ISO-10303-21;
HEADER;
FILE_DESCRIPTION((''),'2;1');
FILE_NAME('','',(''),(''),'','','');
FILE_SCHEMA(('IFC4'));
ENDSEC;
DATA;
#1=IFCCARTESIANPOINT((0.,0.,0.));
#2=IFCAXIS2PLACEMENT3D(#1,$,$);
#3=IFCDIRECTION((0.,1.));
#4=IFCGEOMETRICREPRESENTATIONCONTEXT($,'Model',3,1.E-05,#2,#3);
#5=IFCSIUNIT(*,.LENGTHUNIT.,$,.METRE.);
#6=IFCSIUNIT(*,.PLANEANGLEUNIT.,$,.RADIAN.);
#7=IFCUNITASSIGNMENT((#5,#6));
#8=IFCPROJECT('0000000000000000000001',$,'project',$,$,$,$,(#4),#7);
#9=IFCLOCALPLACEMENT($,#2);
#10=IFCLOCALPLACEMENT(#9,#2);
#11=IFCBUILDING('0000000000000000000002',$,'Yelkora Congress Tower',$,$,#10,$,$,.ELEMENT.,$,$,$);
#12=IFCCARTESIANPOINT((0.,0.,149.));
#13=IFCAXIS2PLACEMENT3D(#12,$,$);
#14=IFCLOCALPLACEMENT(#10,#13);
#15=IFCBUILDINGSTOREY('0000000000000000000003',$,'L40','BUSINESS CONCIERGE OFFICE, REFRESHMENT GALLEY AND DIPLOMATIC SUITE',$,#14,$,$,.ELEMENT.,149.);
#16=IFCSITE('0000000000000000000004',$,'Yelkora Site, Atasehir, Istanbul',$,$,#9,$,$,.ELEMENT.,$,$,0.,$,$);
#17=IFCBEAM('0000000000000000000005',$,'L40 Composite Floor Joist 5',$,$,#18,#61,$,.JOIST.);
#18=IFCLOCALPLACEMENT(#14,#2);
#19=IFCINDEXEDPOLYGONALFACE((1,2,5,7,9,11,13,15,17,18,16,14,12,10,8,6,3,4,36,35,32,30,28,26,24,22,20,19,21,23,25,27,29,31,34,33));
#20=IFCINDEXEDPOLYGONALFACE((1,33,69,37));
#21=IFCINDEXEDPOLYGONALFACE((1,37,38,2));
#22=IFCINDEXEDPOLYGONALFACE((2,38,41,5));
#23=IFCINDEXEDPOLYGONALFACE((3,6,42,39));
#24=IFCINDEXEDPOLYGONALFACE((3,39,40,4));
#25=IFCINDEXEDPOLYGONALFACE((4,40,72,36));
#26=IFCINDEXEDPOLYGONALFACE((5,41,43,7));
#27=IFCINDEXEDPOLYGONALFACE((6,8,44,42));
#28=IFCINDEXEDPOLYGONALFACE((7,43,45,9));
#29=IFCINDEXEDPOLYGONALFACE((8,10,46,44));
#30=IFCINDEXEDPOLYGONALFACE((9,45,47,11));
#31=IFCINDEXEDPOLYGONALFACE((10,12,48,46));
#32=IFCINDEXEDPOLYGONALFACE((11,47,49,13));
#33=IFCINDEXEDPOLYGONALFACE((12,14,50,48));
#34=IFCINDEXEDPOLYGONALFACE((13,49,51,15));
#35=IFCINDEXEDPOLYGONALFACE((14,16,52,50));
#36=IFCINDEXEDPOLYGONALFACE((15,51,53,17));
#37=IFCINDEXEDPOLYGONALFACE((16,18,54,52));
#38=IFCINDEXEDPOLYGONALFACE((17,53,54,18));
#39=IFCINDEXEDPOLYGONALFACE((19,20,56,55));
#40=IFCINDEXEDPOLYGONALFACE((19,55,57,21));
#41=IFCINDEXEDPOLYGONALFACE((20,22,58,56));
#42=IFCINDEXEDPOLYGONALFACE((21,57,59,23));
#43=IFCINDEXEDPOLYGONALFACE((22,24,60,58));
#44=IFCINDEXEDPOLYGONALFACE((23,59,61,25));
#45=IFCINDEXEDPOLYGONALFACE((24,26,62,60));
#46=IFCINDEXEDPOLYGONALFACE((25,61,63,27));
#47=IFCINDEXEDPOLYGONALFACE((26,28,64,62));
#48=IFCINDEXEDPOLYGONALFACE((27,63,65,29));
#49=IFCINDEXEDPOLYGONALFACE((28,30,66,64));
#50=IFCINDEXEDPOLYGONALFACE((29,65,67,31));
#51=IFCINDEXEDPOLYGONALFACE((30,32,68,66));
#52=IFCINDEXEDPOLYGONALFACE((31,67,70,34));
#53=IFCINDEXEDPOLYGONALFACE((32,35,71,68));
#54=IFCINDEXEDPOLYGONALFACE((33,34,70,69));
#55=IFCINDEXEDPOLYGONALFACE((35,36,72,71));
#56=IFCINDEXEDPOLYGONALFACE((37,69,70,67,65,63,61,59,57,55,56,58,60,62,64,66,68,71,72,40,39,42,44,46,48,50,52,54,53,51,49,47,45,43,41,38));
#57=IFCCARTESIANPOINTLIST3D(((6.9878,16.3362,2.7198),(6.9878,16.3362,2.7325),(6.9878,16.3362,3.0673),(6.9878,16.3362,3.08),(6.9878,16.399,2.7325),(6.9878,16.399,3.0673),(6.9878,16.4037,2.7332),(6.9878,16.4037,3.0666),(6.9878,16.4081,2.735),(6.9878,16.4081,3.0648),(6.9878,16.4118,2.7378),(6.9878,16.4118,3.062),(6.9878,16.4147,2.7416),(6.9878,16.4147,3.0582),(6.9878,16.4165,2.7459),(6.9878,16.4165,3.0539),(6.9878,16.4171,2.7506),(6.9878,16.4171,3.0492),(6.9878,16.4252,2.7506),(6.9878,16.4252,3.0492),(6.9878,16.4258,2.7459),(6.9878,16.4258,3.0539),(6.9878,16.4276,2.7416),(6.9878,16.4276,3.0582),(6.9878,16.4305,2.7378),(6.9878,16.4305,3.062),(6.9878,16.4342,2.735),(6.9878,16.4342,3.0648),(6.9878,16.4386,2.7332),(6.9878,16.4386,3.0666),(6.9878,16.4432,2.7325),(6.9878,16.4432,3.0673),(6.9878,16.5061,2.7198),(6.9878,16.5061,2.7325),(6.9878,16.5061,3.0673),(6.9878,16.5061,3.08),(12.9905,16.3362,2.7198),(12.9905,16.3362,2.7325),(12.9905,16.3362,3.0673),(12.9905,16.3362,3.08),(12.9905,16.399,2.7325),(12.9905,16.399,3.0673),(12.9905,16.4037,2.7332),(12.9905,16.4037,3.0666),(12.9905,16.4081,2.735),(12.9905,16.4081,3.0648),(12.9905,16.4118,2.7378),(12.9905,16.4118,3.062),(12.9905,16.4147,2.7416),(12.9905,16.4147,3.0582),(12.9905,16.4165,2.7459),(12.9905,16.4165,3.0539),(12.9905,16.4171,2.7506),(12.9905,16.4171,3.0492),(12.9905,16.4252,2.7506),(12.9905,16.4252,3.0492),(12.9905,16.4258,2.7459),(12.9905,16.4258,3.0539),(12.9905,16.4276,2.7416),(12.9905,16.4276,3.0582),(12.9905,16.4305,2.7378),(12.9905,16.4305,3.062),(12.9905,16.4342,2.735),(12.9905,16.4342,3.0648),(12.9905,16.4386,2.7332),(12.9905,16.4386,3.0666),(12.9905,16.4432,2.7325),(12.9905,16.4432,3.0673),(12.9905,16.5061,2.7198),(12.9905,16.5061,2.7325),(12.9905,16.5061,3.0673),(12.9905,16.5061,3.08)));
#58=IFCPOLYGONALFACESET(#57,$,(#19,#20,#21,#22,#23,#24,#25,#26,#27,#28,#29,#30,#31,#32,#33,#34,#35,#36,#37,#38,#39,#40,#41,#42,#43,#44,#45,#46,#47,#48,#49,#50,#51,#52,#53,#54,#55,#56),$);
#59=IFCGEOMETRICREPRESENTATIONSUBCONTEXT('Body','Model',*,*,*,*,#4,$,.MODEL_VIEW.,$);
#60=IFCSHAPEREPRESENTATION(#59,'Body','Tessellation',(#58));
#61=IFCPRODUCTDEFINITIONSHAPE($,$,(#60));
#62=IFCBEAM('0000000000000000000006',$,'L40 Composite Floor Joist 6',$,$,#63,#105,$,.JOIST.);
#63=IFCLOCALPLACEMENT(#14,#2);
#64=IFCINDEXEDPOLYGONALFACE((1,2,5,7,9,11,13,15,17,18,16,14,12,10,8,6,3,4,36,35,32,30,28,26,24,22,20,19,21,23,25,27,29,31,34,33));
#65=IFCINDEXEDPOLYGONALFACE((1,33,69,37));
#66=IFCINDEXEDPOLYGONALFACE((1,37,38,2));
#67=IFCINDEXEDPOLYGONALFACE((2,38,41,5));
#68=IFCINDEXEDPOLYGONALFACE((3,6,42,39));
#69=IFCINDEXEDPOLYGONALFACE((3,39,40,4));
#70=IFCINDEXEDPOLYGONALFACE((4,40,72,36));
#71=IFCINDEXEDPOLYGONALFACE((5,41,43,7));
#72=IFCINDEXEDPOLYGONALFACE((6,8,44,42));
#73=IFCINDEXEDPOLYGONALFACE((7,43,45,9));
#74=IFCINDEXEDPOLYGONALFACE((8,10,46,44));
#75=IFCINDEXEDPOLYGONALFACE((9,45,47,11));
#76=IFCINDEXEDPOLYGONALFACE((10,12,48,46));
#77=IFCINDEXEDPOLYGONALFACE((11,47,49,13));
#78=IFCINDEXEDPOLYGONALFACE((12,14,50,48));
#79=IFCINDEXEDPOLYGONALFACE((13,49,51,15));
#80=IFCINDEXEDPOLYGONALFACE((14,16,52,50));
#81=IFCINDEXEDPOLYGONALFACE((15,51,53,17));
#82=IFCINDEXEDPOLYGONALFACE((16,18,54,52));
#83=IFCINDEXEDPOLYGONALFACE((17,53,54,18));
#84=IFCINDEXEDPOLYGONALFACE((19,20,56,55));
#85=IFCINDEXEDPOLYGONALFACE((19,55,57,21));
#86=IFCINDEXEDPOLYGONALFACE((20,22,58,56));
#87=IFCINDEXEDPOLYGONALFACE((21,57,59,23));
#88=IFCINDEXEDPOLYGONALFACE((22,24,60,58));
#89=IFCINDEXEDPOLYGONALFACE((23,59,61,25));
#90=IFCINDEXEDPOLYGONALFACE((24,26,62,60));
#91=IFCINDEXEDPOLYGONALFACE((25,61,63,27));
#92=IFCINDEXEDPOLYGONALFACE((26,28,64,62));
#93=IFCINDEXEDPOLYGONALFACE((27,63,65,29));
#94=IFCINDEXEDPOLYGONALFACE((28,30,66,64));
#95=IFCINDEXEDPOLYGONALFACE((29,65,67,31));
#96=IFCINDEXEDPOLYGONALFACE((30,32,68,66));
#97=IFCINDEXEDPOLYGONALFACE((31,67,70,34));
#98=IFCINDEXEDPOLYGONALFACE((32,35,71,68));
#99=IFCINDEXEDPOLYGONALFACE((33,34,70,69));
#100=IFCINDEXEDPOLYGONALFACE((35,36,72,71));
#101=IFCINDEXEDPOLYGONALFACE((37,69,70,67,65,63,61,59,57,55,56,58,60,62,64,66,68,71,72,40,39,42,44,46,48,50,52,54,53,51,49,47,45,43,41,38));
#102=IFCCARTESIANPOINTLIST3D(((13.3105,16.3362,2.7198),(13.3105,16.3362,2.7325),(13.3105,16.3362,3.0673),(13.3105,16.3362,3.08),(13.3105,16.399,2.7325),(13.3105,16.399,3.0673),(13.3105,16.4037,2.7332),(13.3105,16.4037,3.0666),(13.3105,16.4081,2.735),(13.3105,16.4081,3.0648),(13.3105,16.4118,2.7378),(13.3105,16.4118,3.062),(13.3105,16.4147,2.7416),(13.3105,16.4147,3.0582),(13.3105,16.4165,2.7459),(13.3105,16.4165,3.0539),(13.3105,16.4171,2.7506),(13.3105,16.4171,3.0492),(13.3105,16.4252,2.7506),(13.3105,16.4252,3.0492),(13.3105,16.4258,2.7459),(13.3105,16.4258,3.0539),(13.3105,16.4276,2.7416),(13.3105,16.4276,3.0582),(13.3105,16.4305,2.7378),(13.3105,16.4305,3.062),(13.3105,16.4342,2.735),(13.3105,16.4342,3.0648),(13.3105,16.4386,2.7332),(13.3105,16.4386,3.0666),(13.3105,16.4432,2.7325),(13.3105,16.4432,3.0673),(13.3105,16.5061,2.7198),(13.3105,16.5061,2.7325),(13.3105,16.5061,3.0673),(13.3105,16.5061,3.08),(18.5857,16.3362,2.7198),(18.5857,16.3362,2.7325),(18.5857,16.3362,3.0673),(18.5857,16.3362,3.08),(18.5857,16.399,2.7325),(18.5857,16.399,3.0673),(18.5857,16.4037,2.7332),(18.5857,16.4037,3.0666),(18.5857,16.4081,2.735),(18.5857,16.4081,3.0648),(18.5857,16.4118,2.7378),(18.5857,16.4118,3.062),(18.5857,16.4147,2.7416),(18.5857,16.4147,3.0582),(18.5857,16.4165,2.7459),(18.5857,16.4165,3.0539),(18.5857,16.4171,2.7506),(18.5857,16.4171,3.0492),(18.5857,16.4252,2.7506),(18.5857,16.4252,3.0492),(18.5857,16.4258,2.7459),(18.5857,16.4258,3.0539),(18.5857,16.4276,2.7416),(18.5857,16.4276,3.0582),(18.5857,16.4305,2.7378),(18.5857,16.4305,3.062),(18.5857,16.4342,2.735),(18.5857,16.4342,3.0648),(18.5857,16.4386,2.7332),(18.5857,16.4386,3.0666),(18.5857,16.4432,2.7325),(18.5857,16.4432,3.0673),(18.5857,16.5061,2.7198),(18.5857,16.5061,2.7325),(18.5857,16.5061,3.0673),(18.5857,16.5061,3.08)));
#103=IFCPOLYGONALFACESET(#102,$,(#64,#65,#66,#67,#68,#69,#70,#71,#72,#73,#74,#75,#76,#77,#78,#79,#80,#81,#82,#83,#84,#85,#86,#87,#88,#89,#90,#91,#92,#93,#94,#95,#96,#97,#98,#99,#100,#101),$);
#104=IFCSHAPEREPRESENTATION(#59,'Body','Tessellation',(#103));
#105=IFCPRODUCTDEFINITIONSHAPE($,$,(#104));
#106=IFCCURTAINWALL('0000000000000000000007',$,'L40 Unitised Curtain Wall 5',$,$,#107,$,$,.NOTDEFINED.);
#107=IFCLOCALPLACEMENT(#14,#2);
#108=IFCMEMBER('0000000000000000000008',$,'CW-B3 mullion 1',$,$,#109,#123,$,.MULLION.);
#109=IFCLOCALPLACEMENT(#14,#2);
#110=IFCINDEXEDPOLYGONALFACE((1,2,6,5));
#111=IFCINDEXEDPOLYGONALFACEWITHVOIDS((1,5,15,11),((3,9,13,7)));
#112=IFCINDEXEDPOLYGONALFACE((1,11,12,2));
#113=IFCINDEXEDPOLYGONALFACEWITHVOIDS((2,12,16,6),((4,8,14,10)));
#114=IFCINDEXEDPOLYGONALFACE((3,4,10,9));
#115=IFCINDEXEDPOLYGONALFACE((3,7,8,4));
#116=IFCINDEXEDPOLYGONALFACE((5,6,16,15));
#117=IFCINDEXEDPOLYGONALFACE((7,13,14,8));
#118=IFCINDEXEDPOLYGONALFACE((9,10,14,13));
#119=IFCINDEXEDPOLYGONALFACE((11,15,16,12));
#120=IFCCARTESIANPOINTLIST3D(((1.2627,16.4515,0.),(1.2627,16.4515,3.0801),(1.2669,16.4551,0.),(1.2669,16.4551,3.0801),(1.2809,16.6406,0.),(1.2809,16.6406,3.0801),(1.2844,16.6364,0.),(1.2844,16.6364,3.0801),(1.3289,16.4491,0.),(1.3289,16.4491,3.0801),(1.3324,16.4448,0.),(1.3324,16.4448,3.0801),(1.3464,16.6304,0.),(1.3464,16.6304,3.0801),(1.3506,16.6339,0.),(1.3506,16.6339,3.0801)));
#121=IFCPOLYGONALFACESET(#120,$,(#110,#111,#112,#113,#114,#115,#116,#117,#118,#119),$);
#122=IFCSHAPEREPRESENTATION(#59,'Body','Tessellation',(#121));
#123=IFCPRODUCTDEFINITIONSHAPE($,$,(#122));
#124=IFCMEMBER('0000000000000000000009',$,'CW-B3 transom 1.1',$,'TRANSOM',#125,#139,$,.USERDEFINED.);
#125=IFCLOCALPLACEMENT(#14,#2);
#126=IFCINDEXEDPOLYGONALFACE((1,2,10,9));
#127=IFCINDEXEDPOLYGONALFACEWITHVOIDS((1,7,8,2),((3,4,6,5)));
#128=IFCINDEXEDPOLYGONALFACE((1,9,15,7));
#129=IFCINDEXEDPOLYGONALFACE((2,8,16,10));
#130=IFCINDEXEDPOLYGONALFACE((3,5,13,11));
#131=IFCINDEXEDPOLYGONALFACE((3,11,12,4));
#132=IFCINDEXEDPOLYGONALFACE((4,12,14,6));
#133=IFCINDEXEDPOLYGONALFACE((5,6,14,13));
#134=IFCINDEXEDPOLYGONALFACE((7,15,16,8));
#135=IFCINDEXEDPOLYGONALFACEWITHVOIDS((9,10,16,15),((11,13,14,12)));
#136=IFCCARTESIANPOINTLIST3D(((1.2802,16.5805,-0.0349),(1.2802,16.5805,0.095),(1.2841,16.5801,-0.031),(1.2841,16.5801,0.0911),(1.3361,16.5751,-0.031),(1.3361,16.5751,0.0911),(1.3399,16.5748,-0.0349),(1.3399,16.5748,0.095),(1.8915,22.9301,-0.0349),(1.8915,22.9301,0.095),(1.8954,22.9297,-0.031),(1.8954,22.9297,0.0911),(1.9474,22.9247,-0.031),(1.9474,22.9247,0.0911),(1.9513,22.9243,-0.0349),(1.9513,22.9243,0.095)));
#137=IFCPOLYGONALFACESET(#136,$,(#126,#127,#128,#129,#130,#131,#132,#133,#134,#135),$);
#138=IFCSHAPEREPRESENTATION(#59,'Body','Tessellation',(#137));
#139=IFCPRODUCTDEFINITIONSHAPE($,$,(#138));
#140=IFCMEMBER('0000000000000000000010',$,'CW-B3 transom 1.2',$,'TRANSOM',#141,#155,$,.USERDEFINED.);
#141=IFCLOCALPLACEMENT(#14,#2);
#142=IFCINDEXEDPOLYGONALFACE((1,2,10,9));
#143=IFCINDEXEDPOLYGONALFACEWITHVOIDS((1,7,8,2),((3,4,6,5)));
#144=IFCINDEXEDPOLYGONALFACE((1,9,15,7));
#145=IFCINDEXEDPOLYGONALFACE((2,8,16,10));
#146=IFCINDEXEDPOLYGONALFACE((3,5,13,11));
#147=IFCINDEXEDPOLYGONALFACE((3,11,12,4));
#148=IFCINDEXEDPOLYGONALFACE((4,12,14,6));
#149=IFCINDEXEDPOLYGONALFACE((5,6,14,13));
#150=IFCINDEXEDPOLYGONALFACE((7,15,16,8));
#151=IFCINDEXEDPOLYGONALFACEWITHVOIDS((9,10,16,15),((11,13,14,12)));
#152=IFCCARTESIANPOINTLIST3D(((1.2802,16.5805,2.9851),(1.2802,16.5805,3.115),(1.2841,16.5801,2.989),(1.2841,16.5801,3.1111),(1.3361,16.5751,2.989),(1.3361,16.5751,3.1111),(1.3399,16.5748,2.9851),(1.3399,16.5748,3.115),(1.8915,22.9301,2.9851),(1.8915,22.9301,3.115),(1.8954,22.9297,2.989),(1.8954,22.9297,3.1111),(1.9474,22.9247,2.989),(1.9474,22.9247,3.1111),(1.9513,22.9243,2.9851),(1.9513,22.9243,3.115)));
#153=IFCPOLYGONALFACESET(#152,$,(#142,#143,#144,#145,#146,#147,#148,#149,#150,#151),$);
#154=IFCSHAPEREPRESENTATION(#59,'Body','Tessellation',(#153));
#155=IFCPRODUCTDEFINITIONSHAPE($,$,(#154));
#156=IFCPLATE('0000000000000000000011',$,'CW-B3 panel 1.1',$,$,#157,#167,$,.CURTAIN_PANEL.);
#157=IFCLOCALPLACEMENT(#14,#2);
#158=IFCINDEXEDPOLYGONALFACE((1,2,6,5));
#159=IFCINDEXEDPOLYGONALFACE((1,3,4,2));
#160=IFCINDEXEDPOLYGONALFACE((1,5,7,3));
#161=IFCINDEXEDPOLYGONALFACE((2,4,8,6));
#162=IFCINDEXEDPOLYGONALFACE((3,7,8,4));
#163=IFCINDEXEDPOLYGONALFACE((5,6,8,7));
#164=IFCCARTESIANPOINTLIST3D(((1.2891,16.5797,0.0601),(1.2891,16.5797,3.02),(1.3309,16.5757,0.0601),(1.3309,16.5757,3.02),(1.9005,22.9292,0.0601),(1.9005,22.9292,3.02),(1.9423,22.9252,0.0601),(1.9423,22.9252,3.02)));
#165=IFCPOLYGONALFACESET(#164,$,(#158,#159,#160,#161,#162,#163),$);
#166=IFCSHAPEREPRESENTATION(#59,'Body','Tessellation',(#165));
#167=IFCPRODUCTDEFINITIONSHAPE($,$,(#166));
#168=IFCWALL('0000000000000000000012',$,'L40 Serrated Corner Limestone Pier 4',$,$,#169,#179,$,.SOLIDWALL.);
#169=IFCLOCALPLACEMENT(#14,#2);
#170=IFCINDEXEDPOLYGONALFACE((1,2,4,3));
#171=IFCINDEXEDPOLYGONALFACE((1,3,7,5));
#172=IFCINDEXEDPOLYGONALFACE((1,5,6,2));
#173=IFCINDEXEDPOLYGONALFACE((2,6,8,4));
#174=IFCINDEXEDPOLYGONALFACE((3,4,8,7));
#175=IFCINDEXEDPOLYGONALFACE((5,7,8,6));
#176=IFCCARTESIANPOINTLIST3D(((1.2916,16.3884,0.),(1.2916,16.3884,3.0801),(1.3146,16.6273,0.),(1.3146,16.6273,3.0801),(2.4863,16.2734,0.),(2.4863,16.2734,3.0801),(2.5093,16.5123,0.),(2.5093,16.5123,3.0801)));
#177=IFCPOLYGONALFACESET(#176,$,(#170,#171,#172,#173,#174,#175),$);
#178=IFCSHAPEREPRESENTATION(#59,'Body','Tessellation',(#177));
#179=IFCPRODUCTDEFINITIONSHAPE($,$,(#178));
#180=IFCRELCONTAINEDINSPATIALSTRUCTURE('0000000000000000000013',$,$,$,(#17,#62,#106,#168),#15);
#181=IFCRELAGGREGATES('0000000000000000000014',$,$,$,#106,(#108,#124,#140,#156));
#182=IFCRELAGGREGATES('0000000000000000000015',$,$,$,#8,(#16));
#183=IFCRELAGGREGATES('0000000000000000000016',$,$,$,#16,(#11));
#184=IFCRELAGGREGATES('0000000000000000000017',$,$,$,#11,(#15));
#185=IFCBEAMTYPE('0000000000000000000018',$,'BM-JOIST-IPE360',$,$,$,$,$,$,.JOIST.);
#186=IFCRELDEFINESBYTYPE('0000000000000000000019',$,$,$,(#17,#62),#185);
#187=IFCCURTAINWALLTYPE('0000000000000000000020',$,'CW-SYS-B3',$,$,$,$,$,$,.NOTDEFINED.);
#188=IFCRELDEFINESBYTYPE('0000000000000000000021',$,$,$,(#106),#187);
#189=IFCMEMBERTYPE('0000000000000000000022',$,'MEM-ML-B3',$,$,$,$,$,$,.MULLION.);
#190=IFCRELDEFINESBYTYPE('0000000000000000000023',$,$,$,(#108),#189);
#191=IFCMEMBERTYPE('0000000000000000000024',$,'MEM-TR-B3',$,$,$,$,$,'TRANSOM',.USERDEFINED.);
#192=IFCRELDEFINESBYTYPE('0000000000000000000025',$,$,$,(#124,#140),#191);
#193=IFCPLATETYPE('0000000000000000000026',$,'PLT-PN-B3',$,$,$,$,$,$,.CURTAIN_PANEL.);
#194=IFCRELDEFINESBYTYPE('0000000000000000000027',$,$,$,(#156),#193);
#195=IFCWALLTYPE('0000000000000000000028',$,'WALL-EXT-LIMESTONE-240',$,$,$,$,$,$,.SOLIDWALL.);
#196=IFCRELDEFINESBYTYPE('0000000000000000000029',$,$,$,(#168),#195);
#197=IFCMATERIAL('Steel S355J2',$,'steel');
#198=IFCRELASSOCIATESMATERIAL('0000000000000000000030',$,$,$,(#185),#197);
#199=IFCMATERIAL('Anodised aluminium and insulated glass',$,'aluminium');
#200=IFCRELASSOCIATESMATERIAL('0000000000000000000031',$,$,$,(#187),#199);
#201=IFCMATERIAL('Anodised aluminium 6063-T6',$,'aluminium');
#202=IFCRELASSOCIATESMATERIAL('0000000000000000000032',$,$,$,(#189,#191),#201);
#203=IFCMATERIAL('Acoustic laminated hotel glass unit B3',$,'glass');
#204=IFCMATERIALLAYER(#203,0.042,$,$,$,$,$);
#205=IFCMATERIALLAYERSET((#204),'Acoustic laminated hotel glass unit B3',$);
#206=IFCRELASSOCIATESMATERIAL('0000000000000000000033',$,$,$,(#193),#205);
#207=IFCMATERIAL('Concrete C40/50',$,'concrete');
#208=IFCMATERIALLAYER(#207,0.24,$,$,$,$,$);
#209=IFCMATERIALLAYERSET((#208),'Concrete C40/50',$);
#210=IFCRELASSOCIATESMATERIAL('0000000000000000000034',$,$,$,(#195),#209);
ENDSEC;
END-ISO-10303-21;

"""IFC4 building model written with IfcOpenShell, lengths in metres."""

from ifc_helpers import new_model, si_unit, direction, frame, frame_2d, origin, origin_2d, place, context, subcontext, project, spatial, rectangle, hollow_rectangle, i_section, extrude, material, layer, layer_set, material_profile, profile_set, type_object, element, aggregate, save


model = new_model("IFC4")

# Units and contexts
model_context = context("Model", 3, precision=1e-05, world=origin(), true_north=direction((0.0, 1.0)))
body_context = subcontext(model_context, "Body", "Model", "MODEL_VIEW")
ifc_project = project(units=[si_unit("LENGTHUNIT", "METRE"), si_unit("PLANEANGLEUNIT", "RADIAN")], contexts=[model_context])

# Site, building, storey
site_placement = place(None, origin())
site = spatial("IfcSite", under=ifc_project, at=site_placement, Name="Yelkora Site, Atasehir, Istanbul", CompositionType="ELEMENT", RefElevation=0.0)
building_placement = place(site_placement, origin())
building = spatial("IfcBuilding", under=site, at=building_placement, Name="Yelkora Congress Tower", CompositionType="ELEMENT")
storey_placement = place(building_placement, frame((0.0, 0.0, 149.0)))
storey = spatial("IfcBuildingStorey", under=building, at=storey_placement, Name="L40", Description="BUSINESS CONCIERGE OFFICE, REFRESHMENT GALLEY AND DIPLOMATIC SUITE", CompositionType="ELEMENT", Elevation=149.0)

# Beams
ifc_material_1 = material(Name="Steel S355J2", Category="steel")
ifc_material_profile_1 = material_profile(ifc_material_1, i_section(OverallWidth=0.1699, OverallDepth=0.3601, WebThickness=0.0081, FlangeThickness=0.0127, FilletRadius=0.0181, at=origin_2d()), Name="IPE 360")
ifc_profile_set_1 = profile_set([ifc_material_profile_1], Name="Steel S355J2")
beam_type = type_object("IfcBeamType", Name="BM-JOIST-IPE360", PredefinedType="JOIST", material=ifc_profile_set_1)
beam_1_placement = place(storey_placement, frame((6.9878, 16.4211, 2.8999), z_axis=(1.0, 0.0, 0.0), x_axis=(0.0, 1.0, 0.0)))
element("IfcBeam", 1, at=beam_1_placement, inside=storey, type_object=beam_type, Name="L40 Composite Floor Joist 5", PredefinedType="JOIST", context=body_context, shape_type="SweptSolid", body=[
    extrude(i_section(OverallWidth=0.1699, OverallDepth=0.3601, WebThickness=0.0081, FlangeThickness=0.0127, FilletRadius=0.0181, at=origin_2d()), origin(), (0.0, 0.0, 1.0), 6.0027),
])
beam_2_placement = place(storey_placement, frame((13.3105, 16.4211, 2.8999), z_axis=(1.0, 0.0, 0.0), x_axis=(0.0, 1.0, 0.0)))
element("IfcBeam", 2, at=beam_2_placement, inside=storey, type_object=beam_type, Name="L40 Composite Floor Joist 6", PredefinedType="JOIST", context=body_context, shape_type="SweptSolid", body=[
    extrude(i_section(OverallWidth=0.1699, OverallDepth=0.3601, WebThickness=0.0081, FlangeThickness=0.0127, FilletRadius=0.0181, at=origin_2d()), origin(), (0.0, 0.0, 1.0), 5.2751),
])

# Curtain wall, members, plate
ifc_material_2 = material(Name="Anodised aluminium and insulated glass", Category="aluminium")
curtain_wall_type = type_object("IfcCurtainWallType", Name="CW-SYS-B3", PredefinedType="NOTDEFINED", material=ifc_material_2)
curtain_wall_placement = place(storey_placement, origin())
curtain_wall = element("IfcCurtainWall", 3, at=curtain_wall_placement, inside=storey, type_object=curtain_wall_type, Name="L40 Unitised Curtain Wall 5", PredefinedType="NOTDEFINED")
ifc_material_3 = material(Name="Anodised aluminium 6063-T6", Category="aluminium")
ifc_material_profile_2 = material_profile(ifc_material_3, hollow_rectangle(XDim=0.0701, YDim=0.1899, WallThickness=0.0039, at=origin_2d()), Name="ALU 70x190x4")
ifc_profile_set_2 = profile_set([ifc_material_profile_2], Name="Anodised aluminium 6063-T6")
member_type_1 = type_object("IfcMemberType", Name="MEM-ML-B3", PredefinedType="MULLION", material=ifc_profile_set_2)
member_1_placement = place(storey_placement, frame((1.3066, 16.5427, 0.0), z_axis=(0.0, 0.0, 1.0), x_axis=(-0.995396, 0.095845, 0.0)))
member_1 = element("IfcMember", 4, at=member_1_placement, type_object=member_type_1, Name="CW-B3 mullion 1", PredefinedType="MULLION", context=body_context, shape_type="SweptSolid", body=[
    extrude(hollow_rectangle(XDim=0.0701, YDim=0.1899, WallThickness=0.0039, at=origin_2d()), origin(), (0.0, 0.0, 1.0), 3.0801),
])
ifc_material_profile_3 = material_profile(ifc_material_3, hollow_rectangle(XDim=0.0601, YDim=0.1299, WallThickness=0.0039, at=origin_2d()), Name="ALU 60x130x4")
ifc_profile_set_3 = profile_set([ifc_material_profile_3], Name="Anodised aluminium 6063-T6")
member_type_2 = type_object("IfcMemberType", Name="MEM-TR-B3", ElementType="TRANSOM", PredefinedType="USERDEFINED", material=ifc_profile_set_3)
member_2_placement = place(storey_placement, frame((1.3101, 16.5776, 0.03), z_axis=(0.095835, 0.995397, 0.0), x_axis=(-0.995397, 0.095835, 0.0)))
member_2 = element("IfcMember", 5, at=member_2_placement, type_object=member_type_2, Name="CW-B3 transom 1.1", ObjectType="TRANSOM", PredefinedType="USERDEFINED", context=body_context, shape_type="SweptSolid", body=[
    extrude(hollow_rectangle(XDim=0.0601, YDim=0.1299, WallThickness=0.0039, at=origin_2d()), origin(), (0.0, 0.0, 1.0), 6.3789),
])
member_3_placement = place(storey_placement, frame((1.3101, 16.5776, 3.05), z_axis=(0.095835, 0.995397, 0.0), x_axis=(-0.995397, 0.095835, 0.0)))
member_3 = element("IfcMember", 6, at=member_3_placement, type_object=member_type_2, Name="CW-B3 transom 1.2", ObjectType="TRANSOM", PredefinedType="USERDEFINED", context=body_context, shape_type="SweptSolid", body=[
    extrude(hollow_rectangle(XDim=0.0601, YDim=0.1299, WallThickness=0.0039, at=origin_2d()), origin(), (0.0, 0.0, 1.0), 6.3789),
])
ifc_material_4 = material(Name="Acoustic laminated hotel glass unit B3", Category="glass")
ifc_layer_1 = layer(ifc_material_4, 0.042)
ifc_layer_set_1 = layer_set([ifc_layer_1], Name="Acoustic laminated hotel glass unit B3")
plate_type = type_object("IfcPlateType", Name="PLT-PN-B3", PredefinedType="CURTAIN_PANEL", material=ifc_layer_set_1)
plate_placement = place(storey_placement, frame((1.6157, 19.7524, 0.0601), z_axis=(0.0, 0.0, 1.0), x_axis=(0.095845, 0.995396, 0.0)))
plate = element("IfcPlate", 7, at=plate_placement, type_object=plate_type, Name="CW-B3 panel 1.1", PredefinedType="CURTAIN_PANEL", context=body_context, shape_type="SweptSolid", body=[
    extrude(rectangle(XDim=6.3789, YDim=0.042, at=origin_2d()), origin(), (0.0, 0.0, 1.0), 2.96),
])
aggregate(curtain_wall, [member_1, member_2, member_3, plate])

# Wall
ifc_material_5 = material(Name="Concrete C40/50", Category="concrete")
ifc_layer_2 = layer(ifc_material_5, 0.24)
ifc_layer_set_2 = layer_set([ifc_layer_2], Name="Concrete C40/50")
wall_type_1 = type_object("IfcWallType", Name="WALL-EXT-LIMESTONE-240", PredefinedType="SOLIDWALL", material=ifc_layer_set_2)
wall_1_placement = place(storey_placement, frame((2.4978, 16.3928, 0.0), z_axis=(0.0, 0.0, 1.0), x_axis=(-0.995399, 0.095817, 0.0)))
element("IfcWall", 8, at=wall_1_placement, inside=storey, type_object=wall_type_1, Name="L40 Serrated Corner Limestone Pier 4", PredefinedType="SOLIDWALL", context=body_context, shape_type="SweptSolid", body=[
    extrude(rectangle(XDim=1.2002, YDim=0.24, at=frame_2d((0.6001, 0.0))), origin(), (0.0, 0.0, 1.0), 3.0801),
])

save(model, "model.ifc")
